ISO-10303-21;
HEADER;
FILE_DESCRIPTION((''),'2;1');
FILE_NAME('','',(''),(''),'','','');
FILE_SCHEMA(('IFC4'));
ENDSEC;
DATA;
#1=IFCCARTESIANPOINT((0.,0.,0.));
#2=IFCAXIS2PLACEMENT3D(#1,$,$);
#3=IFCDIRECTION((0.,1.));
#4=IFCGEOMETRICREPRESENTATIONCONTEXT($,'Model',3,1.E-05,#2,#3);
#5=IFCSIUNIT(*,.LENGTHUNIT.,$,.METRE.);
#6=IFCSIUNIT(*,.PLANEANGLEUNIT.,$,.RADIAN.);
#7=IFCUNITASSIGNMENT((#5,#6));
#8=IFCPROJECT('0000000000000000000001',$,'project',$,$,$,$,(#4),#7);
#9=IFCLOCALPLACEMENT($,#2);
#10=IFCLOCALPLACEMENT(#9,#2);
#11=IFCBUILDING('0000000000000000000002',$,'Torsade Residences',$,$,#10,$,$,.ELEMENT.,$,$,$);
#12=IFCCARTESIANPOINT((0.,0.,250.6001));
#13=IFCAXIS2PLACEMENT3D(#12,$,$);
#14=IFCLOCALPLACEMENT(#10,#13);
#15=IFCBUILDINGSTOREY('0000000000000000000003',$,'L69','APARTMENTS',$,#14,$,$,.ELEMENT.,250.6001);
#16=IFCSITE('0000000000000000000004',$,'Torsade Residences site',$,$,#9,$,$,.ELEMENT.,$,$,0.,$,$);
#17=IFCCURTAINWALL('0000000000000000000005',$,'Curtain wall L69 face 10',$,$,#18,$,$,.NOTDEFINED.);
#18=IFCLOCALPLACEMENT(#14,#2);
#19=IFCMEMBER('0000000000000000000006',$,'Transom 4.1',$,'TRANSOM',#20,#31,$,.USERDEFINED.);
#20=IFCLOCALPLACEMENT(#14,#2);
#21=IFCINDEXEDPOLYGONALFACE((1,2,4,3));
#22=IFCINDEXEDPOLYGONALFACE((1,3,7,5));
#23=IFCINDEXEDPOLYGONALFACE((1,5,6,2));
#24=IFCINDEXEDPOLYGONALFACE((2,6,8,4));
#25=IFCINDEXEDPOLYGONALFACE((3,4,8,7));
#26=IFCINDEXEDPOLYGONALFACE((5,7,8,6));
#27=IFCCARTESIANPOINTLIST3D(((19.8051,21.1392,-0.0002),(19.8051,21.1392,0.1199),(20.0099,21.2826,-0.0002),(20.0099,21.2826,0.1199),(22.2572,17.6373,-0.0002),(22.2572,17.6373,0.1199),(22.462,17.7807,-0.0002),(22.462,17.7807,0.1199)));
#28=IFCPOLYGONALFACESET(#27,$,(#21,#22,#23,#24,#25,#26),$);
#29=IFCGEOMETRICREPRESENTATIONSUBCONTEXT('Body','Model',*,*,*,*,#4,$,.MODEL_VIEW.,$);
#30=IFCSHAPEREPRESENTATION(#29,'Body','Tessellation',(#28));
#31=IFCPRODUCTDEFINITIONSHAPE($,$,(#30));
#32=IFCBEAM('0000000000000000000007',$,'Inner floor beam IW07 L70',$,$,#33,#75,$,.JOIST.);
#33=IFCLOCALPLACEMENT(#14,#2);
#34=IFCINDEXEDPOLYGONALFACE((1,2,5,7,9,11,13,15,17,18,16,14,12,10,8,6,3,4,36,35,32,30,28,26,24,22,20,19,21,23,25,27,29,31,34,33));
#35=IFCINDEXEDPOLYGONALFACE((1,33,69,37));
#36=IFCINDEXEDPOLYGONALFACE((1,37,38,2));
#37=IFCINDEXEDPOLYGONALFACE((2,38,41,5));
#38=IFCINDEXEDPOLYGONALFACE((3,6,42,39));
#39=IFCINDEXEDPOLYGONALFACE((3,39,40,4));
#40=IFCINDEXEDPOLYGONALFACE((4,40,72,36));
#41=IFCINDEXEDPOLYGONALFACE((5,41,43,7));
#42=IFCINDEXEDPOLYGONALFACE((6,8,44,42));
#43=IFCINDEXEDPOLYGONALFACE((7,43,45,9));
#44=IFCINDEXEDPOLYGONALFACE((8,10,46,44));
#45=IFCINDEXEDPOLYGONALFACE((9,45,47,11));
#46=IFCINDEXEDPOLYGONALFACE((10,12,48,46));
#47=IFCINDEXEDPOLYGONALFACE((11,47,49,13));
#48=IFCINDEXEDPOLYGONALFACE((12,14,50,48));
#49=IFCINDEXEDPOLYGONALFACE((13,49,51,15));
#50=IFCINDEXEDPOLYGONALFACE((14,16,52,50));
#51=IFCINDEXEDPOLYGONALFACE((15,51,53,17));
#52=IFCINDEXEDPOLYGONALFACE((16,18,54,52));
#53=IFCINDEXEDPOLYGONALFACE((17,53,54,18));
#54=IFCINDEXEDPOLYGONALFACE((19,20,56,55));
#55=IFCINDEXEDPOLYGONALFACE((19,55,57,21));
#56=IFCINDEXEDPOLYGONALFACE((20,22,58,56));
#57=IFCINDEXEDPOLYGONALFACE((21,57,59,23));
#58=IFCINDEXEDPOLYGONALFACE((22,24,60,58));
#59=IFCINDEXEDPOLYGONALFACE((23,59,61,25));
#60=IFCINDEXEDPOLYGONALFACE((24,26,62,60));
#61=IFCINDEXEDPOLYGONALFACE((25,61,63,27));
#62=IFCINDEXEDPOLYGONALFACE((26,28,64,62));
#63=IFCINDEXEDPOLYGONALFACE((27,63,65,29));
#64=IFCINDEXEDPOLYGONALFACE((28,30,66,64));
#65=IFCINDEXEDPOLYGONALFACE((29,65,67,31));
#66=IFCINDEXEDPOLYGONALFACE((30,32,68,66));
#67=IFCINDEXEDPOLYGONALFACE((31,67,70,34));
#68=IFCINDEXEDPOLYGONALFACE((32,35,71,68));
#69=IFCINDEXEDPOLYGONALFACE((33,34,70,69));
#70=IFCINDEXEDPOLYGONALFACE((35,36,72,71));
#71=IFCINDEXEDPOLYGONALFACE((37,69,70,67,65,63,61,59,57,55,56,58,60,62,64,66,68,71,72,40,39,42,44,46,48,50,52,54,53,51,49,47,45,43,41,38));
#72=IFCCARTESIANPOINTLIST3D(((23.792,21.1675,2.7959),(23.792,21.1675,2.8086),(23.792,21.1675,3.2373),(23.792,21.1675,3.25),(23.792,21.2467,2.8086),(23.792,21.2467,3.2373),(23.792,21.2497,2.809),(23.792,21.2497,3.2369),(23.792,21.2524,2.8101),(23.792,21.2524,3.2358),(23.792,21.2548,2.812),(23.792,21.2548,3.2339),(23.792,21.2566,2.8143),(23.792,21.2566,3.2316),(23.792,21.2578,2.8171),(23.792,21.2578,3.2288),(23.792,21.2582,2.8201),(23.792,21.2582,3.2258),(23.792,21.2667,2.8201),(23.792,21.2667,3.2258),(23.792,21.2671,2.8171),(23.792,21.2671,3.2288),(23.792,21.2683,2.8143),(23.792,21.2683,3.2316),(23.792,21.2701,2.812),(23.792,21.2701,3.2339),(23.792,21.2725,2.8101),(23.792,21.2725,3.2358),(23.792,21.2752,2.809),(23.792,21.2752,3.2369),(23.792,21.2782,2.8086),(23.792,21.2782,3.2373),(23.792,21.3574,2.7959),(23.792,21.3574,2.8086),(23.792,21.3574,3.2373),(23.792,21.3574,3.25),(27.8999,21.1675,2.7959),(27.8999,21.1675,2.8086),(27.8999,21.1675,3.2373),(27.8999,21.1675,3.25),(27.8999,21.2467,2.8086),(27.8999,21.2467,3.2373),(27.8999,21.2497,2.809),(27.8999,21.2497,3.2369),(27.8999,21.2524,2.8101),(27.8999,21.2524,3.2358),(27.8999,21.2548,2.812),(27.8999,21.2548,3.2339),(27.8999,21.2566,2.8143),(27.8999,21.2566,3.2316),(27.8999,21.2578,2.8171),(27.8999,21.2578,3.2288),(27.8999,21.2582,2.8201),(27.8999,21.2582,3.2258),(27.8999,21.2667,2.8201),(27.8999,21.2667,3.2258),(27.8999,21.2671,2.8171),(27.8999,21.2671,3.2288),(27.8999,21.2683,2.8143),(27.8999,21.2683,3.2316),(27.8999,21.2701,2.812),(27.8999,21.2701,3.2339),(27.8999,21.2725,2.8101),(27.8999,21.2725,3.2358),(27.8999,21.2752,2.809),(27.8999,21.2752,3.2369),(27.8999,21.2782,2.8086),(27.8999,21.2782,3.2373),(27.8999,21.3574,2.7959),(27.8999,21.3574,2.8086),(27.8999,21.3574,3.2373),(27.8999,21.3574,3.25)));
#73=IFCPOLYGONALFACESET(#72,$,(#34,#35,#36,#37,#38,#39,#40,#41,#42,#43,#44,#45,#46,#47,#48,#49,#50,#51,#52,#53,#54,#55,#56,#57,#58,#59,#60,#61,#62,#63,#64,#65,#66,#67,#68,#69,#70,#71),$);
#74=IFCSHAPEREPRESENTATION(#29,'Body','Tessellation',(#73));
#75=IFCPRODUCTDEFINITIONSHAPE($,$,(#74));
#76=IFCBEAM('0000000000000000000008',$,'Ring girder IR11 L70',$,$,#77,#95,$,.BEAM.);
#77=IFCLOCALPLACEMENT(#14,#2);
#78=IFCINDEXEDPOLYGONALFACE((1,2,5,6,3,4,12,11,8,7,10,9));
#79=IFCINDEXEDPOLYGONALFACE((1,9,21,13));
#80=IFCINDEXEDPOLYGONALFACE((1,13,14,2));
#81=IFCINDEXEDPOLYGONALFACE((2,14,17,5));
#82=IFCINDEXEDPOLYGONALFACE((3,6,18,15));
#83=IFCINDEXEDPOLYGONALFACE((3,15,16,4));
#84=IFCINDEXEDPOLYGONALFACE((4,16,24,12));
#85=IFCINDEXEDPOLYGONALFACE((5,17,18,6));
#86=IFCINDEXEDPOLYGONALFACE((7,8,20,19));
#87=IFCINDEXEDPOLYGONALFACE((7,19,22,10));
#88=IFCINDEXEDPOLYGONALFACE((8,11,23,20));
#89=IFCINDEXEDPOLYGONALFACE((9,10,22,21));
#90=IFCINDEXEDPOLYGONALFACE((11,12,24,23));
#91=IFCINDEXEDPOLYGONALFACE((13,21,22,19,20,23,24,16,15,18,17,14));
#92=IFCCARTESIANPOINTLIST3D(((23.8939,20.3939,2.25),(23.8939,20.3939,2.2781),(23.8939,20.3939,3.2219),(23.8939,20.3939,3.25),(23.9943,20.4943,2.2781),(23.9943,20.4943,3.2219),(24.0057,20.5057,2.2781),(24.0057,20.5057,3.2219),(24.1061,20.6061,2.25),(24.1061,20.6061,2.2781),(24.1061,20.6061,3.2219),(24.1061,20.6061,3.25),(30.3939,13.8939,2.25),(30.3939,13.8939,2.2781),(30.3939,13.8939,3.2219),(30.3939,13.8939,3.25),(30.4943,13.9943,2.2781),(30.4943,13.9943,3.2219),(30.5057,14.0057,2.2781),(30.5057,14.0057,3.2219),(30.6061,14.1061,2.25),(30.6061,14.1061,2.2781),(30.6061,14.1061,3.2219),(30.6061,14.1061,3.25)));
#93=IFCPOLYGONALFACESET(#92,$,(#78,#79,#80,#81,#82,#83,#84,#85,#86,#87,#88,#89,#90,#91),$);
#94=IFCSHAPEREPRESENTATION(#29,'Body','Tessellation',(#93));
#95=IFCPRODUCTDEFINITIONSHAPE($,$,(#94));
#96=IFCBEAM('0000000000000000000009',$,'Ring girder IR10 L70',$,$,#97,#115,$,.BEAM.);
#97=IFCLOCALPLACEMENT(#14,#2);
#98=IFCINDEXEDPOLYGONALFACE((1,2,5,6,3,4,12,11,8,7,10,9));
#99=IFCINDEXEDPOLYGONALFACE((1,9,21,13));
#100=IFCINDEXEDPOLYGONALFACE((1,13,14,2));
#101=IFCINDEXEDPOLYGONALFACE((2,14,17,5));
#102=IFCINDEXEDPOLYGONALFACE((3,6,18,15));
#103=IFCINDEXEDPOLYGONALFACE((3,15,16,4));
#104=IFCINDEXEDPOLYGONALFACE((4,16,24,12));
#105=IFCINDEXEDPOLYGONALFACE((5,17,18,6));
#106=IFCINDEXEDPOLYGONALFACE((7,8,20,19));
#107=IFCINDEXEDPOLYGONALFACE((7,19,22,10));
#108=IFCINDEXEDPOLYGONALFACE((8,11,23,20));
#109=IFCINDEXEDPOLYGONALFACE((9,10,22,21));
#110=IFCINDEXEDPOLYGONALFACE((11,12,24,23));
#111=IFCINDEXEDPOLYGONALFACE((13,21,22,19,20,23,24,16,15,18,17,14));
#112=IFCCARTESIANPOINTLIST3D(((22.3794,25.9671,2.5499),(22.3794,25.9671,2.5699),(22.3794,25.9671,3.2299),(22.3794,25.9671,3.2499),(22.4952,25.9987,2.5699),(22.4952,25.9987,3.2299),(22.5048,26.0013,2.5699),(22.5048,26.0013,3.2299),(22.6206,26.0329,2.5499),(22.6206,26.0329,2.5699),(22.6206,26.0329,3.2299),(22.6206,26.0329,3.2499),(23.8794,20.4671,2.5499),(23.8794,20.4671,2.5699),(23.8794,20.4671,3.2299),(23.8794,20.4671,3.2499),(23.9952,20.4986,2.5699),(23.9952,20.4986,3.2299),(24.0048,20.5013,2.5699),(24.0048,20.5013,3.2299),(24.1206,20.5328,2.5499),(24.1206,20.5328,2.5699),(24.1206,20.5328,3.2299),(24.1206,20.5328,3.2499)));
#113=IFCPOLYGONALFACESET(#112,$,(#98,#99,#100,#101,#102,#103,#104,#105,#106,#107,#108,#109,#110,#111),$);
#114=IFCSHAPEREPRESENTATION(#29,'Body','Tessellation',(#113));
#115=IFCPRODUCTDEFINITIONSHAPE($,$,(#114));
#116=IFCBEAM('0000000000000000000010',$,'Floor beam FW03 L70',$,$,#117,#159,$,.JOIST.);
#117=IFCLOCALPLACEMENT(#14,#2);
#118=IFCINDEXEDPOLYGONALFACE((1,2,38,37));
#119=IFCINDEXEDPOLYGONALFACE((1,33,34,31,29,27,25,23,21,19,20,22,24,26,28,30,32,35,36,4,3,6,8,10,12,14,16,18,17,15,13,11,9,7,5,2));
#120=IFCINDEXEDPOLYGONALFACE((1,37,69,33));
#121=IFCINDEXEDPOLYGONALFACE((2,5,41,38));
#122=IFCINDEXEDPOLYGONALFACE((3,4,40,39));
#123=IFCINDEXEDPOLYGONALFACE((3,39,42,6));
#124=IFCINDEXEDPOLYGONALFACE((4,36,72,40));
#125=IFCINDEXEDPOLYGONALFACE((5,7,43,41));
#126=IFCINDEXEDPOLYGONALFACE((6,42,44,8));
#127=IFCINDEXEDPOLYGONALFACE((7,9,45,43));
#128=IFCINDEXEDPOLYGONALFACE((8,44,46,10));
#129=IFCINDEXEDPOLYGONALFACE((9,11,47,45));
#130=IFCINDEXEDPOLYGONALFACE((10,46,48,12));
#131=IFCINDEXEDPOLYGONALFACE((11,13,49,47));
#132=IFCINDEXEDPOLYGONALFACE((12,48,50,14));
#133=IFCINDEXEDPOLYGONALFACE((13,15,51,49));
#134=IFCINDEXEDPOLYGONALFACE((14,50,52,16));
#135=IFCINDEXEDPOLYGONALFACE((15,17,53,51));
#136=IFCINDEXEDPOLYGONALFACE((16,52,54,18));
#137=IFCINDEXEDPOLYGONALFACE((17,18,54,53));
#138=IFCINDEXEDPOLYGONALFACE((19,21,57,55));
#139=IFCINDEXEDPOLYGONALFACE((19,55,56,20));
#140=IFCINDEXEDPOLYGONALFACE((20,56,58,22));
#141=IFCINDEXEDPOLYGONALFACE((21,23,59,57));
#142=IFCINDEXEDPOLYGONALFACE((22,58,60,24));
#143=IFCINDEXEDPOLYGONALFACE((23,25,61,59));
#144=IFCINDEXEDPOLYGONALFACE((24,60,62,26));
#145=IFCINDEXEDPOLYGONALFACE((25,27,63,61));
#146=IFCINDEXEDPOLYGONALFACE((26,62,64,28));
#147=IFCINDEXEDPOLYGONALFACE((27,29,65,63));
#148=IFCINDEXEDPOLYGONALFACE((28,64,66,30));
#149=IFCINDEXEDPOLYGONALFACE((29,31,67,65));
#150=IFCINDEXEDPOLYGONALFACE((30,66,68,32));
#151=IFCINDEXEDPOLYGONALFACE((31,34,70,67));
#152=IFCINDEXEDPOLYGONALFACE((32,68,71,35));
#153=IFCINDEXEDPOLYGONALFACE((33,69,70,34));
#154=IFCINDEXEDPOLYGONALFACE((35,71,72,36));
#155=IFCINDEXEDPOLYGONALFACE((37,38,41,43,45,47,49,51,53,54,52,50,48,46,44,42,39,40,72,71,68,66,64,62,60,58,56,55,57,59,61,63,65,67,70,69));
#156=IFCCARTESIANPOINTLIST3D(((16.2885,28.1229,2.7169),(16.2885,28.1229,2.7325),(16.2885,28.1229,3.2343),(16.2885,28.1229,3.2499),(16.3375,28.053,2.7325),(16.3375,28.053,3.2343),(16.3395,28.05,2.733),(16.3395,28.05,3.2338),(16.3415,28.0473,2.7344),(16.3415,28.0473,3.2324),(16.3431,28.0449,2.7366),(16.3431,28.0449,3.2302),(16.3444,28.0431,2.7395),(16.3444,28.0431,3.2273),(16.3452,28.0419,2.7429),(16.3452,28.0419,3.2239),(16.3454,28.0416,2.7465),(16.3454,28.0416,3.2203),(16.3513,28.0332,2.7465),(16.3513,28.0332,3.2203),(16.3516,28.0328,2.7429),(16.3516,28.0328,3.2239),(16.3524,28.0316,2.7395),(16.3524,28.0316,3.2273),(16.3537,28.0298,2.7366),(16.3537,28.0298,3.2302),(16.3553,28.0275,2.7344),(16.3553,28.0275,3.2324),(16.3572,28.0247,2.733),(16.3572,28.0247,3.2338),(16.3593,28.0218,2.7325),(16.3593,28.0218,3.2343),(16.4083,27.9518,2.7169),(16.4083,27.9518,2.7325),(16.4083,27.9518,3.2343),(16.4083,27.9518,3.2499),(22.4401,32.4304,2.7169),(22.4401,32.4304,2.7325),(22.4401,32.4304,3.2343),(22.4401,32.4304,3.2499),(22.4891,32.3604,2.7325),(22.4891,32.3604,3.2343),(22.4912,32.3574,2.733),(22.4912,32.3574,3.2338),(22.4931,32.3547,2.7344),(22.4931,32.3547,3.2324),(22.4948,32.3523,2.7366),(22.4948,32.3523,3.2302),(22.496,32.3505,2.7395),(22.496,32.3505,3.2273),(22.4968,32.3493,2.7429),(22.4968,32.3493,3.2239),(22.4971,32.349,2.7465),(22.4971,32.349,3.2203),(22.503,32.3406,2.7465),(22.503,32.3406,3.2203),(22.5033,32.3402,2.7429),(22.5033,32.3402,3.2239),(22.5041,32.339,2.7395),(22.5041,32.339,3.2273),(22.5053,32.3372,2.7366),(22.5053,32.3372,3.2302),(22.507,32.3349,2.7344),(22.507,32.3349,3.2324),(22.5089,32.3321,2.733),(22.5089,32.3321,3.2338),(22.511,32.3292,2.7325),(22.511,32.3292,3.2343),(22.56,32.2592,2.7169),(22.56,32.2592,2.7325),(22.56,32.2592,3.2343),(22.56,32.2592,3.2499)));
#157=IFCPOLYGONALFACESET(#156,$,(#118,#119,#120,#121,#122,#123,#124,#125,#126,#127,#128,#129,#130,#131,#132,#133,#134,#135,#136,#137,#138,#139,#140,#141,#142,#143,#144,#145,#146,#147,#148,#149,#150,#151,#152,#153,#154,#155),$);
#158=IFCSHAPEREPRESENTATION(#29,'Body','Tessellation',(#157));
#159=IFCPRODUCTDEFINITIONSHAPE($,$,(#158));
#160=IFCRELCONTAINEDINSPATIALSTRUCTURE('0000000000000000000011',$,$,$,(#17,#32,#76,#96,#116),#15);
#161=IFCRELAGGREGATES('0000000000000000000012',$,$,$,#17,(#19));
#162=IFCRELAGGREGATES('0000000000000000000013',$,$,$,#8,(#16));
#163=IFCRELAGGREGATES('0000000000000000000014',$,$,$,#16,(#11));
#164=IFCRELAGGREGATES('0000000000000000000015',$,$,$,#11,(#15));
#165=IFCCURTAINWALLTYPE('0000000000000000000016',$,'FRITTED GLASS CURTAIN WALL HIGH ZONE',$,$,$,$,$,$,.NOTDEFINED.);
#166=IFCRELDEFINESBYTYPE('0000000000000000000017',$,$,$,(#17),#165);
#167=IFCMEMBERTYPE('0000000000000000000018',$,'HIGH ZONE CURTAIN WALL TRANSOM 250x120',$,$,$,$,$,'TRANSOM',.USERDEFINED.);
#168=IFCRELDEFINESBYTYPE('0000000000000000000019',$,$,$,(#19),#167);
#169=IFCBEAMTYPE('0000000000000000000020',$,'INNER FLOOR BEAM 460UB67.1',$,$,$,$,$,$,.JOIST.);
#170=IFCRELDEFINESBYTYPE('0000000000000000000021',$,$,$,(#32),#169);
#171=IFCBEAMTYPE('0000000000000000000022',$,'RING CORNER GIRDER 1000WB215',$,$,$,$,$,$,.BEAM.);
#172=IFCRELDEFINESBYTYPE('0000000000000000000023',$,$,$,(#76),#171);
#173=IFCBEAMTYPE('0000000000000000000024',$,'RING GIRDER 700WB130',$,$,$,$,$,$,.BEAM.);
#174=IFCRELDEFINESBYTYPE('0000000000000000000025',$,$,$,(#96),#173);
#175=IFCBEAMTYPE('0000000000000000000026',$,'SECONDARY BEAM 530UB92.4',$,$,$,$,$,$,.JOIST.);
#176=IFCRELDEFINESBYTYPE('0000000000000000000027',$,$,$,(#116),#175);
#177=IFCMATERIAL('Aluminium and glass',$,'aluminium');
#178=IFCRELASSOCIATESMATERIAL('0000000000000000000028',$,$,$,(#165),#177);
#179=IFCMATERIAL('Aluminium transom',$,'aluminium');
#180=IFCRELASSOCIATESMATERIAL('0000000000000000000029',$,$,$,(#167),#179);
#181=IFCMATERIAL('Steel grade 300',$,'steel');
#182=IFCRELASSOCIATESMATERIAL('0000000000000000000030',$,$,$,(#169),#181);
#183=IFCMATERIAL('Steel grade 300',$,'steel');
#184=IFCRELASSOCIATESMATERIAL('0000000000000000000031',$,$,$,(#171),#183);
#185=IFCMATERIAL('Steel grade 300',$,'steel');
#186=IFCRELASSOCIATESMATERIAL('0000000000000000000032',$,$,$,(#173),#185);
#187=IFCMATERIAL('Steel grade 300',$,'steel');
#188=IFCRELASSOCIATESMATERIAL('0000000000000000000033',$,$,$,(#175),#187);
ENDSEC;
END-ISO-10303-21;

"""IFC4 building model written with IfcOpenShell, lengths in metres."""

from ifc_helpers import new_model, si_unit, direction, frame, origin, origin_2d, place, context, subcontext, project, spatial, rectangle, i_section, extrude, material, material_profile, profile_set, type_object, element, aggregate, save


model = new_model("IFC4")

# Units and contexts
model_context = context("Model", 3, precision=1e-05, world=origin(), true_north=direction((0.0, 1.0)))
body_context = subcontext(model_context, "Body", "Model", "MODEL_VIEW")
ifc_project = project(units=[si_unit("LENGTHUNIT", "METRE"), si_unit("PLANEANGLEUNIT", "RADIAN")], contexts=[model_context])

# Site, building, storey
site_placement = place(None, origin())
site = spatial("IfcSite", under=ifc_project, at=site_placement, Name="Torsade Residences site", CompositionType="ELEMENT", RefElevation=0.0)
building_placement = place(site_placement, origin())
building = spatial("IfcBuilding", under=site, at=building_placement, Name="Torsade Residences", CompositionType="ELEMENT")
storey_placement = place(building_placement, frame((0.0, 0.0, 250.6001)))
storey = spatial("IfcBuildingStorey", under=building, at=storey_placement, Name="L69", Description="APARTMENTS", CompositionType="ELEMENT", Elevation=250.6001)

# Curtain wall, member
ifc_material_1 = material(Name="Aluminium and glass", Category="aluminium")
curtain_wall_type = type_object("IfcCurtainWallType", Name="FRITTED GLASS CURTAIN WALL HIGH ZONE", PredefinedType="NOTDEFINED", material=ifc_material_1)
curtain_wall_placement = place(storey_placement, origin())
curtain_wall = element("IfcCurtainWall", 1, at=curtain_wall_placement, inside=storey, type_object=curtain_wall_type, Name="Curtain wall L69 face 10", PredefinedType="NOTDEFINED")
ifc_material_2 = material(Name="Aluminium transom", Category="aluminium")
ifc_material_profile_1 = material_profile(ifc_material_2, rectangle(XDim=0.25, YDim=0.1201, at=origin_2d()), Name="HIGH ZONE CURTAIN WALL TRANSOM 250x120")
ifc_profile_set_1 = profile_set([ifc_material_profile_1], Name="Aluminium transom")
member_type_1 = type_object("IfcMemberType", Name="HIGH ZONE CURTAIN WALL TRANSOM 250x120", ElementType="TRANSOM", PredefinedType="USERDEFINED", material=ifc_profile_set_1)
member_1_placement = place(storey_placement, frame((19.9075, 21.2109, 0.0598), z_axis=(0.573585, -0.819146, 0.0), x_axis=(0.819146, 0.573585, 0.0)))
member_1 = element("IfcMember", 2, at=member_1_placement, type_object=member_type_1, Name="Transom 4.1", ObjectType="TRANSOM", PredefinedType="USERDEFINED", context=body_context, shape_type="SweptSolid", body=[
    extrude(rectangle(XDim=0.25, YDim=0.1201, at=origin_2d()), origin(), (0.0, 0.0, 1.0), 4.2751),
])

# Beams
ifc_material_3 = material(Name="Steel grade 300", Category="steel")
ifc_material_profile_2 = material_profile(ifc_material_3, i_section(OverallWidth=0.1899, OverallDepth=0.4541, WebThickness=0.0085, FlangeThickness=0.0127, FilletRadius=0.0115, at=origin_2d()), Name="460UB67.1")
ifc_profile_set_2 = profile_set([ifc_material_profile_2], Name="Steel grade 300")
beam_type_1 = type_object("IfcBeamType", Name="INNER FLOOR BEAM 460UB67.1", PredefinedType="JOIST", material=ifc_profile_set_2)
beam_1_placement = place(storey_placement, frame((27.8999, 21.2625, 3.0229), z_axis=(-1.0, 0.0, 0.0), x_axis=(0.0, -1.0, 0.0)))
element("IfcBeam", 3, at=beam_1_placement, inside=storey, type_object=beam_type_1, Name="Inner floor beam IW07 L70", PredefinedType="JOIST", context=body_context, shape_type="SweptSolid", body=[
    extrude(i_section(OverallWidth=0.1899, OverallDepth=0.4541, WebThickness=0.0085, FlangeThickness=0.0127, FilletRadius=0.0115, at=origin_2d()), origin(), (0.0, 0.0, 1.0), 4.1079),
])
ifc_material_4 = material(Name="Steel grade 300", Category="steel")
ifc_material_profile_3 = material_profile(ifc_material_4, i_section(OverallWidth=0.3, OverallDepth=1.0, WebThickness=0.0161, FlangeThickness=0.0281, at=origin_2d()), Name="1000WB215")
ifc_profile_set_3 = profile_set([ifc_material_profile_3], Name="Steel grade 300")
beam_type_2 = type_object("IfcBeamType", Name="RING CORNER GIRDER 1000WB215", PredefinedType="BEAM", material=ifc_profile_set_3)
beam_2_placement = place(storey_placement, frame((24.0, 20.5, 2.75), z_axis=(0.707107, -0.707107, 0.0), x_axis=(0.707107, 0.707107, 0.0)))
element("IfcBeam", 4, at=beam_2_placement, inside=storey, type_object=beam_type_2, Name="Ring girder IR11 L70", PredefinedType="BEAM", context=body_context, shape_type="SweptSolid", body=[
    extrude(i_section(OverallWidth=0.3, OverallDepth=1.0, WebThickness=0.0161, FlangeThickness=0.0281, at=origin_2d()), origin(), (0.0, 0.0, 1.0), 9.1924),
])
ifc_material_5 = material(Name="Steel grade 300", Category="steel")
ifc_material_profile_4 = material_profile(ifc_material_5, i_section(OverallWidth=0.25, OverallDepth=0.7, WebThickness=0.01, FlangeThickness=0.02, at=origin_2d()), Name="700WB130")
ifc_profile_set_4 = profile_set([ifc_material_profile_4], Name="Steel grade 300")
beam_type_3 = type_object("IfcBeamType", Name="RING GIRDER 700WB130", PredefinedType="BEAM", material=ifc_profile_set_4)
beam_3_placement = place(storey_placement, frame((22.5, 26.0, 2.8999), z_axis=(0.263117, -0.964764, 0.0), x_axis=(0.964764, 0.263117, 0.0)))
element("IfcBeam", 5, at=beam_3_placement, inside=storey, type_object=beam_type_3, Name="Ring girder IR10 L70", PredefinedType="BEAM", context=body_context, shape_type="SweptSolid", body=[
    extrude(i_section(OverallWidth=0.25, OverallDepth=0.7, WebThickness=0.01, FlangeThickness=0.02, at=origin_2d()), origin(), (0.0, 0.0, 1.0), 5.7009),
])
ifc_material_6 = material(Name="Steel grade 300", Category="steel")
ifc_material_profile_5 = material_profile(ifc_material_6, i_section(OverallWidth=0.209, OverallDepth=0.533, WebThickness=0.0103, FlangeThickness=0.0156, FilletRadius=0.0139, at=origin_2d()), Name="530UB92.4")
ifc_profile_set_5 = profile_set([ifc_material_profile_5], Name="Steel grade 300")
beam_type_4 = type_object("IfcBeamType", Name="SECONDARY BEAM 530UB92.4", PredefinedType="JOIST", material=ifc_profile_set_5)
beam_4_placement = place(storey_placement, frame((16.3484, 28.0374, 2.9834), z_axis=(0.819154, 0.573574, 0.0), x_axis=(-0.573574, 0.819154, 0.0)))
element("IfcBeam", 6, at=beam_4_placement, inside=storey, type_object=beam_type_4, Name="Floor beam FW03 L70", PredefinedType="JOIST", context=body_context, shape_type="SweptSolid", body=[
    extrude(i_section(OverallWidth=0.209, OverallDepth=0.533, WebThickness=0.0103, FlangeThickness=0.0156, FilletRadius=0.0139, at=origin_2d()), origin(), (0.0, 0.0, 1.0), 7.5098),
])

aggregate(curtain_wall, [member_1])

save(model, "model.ifc")
